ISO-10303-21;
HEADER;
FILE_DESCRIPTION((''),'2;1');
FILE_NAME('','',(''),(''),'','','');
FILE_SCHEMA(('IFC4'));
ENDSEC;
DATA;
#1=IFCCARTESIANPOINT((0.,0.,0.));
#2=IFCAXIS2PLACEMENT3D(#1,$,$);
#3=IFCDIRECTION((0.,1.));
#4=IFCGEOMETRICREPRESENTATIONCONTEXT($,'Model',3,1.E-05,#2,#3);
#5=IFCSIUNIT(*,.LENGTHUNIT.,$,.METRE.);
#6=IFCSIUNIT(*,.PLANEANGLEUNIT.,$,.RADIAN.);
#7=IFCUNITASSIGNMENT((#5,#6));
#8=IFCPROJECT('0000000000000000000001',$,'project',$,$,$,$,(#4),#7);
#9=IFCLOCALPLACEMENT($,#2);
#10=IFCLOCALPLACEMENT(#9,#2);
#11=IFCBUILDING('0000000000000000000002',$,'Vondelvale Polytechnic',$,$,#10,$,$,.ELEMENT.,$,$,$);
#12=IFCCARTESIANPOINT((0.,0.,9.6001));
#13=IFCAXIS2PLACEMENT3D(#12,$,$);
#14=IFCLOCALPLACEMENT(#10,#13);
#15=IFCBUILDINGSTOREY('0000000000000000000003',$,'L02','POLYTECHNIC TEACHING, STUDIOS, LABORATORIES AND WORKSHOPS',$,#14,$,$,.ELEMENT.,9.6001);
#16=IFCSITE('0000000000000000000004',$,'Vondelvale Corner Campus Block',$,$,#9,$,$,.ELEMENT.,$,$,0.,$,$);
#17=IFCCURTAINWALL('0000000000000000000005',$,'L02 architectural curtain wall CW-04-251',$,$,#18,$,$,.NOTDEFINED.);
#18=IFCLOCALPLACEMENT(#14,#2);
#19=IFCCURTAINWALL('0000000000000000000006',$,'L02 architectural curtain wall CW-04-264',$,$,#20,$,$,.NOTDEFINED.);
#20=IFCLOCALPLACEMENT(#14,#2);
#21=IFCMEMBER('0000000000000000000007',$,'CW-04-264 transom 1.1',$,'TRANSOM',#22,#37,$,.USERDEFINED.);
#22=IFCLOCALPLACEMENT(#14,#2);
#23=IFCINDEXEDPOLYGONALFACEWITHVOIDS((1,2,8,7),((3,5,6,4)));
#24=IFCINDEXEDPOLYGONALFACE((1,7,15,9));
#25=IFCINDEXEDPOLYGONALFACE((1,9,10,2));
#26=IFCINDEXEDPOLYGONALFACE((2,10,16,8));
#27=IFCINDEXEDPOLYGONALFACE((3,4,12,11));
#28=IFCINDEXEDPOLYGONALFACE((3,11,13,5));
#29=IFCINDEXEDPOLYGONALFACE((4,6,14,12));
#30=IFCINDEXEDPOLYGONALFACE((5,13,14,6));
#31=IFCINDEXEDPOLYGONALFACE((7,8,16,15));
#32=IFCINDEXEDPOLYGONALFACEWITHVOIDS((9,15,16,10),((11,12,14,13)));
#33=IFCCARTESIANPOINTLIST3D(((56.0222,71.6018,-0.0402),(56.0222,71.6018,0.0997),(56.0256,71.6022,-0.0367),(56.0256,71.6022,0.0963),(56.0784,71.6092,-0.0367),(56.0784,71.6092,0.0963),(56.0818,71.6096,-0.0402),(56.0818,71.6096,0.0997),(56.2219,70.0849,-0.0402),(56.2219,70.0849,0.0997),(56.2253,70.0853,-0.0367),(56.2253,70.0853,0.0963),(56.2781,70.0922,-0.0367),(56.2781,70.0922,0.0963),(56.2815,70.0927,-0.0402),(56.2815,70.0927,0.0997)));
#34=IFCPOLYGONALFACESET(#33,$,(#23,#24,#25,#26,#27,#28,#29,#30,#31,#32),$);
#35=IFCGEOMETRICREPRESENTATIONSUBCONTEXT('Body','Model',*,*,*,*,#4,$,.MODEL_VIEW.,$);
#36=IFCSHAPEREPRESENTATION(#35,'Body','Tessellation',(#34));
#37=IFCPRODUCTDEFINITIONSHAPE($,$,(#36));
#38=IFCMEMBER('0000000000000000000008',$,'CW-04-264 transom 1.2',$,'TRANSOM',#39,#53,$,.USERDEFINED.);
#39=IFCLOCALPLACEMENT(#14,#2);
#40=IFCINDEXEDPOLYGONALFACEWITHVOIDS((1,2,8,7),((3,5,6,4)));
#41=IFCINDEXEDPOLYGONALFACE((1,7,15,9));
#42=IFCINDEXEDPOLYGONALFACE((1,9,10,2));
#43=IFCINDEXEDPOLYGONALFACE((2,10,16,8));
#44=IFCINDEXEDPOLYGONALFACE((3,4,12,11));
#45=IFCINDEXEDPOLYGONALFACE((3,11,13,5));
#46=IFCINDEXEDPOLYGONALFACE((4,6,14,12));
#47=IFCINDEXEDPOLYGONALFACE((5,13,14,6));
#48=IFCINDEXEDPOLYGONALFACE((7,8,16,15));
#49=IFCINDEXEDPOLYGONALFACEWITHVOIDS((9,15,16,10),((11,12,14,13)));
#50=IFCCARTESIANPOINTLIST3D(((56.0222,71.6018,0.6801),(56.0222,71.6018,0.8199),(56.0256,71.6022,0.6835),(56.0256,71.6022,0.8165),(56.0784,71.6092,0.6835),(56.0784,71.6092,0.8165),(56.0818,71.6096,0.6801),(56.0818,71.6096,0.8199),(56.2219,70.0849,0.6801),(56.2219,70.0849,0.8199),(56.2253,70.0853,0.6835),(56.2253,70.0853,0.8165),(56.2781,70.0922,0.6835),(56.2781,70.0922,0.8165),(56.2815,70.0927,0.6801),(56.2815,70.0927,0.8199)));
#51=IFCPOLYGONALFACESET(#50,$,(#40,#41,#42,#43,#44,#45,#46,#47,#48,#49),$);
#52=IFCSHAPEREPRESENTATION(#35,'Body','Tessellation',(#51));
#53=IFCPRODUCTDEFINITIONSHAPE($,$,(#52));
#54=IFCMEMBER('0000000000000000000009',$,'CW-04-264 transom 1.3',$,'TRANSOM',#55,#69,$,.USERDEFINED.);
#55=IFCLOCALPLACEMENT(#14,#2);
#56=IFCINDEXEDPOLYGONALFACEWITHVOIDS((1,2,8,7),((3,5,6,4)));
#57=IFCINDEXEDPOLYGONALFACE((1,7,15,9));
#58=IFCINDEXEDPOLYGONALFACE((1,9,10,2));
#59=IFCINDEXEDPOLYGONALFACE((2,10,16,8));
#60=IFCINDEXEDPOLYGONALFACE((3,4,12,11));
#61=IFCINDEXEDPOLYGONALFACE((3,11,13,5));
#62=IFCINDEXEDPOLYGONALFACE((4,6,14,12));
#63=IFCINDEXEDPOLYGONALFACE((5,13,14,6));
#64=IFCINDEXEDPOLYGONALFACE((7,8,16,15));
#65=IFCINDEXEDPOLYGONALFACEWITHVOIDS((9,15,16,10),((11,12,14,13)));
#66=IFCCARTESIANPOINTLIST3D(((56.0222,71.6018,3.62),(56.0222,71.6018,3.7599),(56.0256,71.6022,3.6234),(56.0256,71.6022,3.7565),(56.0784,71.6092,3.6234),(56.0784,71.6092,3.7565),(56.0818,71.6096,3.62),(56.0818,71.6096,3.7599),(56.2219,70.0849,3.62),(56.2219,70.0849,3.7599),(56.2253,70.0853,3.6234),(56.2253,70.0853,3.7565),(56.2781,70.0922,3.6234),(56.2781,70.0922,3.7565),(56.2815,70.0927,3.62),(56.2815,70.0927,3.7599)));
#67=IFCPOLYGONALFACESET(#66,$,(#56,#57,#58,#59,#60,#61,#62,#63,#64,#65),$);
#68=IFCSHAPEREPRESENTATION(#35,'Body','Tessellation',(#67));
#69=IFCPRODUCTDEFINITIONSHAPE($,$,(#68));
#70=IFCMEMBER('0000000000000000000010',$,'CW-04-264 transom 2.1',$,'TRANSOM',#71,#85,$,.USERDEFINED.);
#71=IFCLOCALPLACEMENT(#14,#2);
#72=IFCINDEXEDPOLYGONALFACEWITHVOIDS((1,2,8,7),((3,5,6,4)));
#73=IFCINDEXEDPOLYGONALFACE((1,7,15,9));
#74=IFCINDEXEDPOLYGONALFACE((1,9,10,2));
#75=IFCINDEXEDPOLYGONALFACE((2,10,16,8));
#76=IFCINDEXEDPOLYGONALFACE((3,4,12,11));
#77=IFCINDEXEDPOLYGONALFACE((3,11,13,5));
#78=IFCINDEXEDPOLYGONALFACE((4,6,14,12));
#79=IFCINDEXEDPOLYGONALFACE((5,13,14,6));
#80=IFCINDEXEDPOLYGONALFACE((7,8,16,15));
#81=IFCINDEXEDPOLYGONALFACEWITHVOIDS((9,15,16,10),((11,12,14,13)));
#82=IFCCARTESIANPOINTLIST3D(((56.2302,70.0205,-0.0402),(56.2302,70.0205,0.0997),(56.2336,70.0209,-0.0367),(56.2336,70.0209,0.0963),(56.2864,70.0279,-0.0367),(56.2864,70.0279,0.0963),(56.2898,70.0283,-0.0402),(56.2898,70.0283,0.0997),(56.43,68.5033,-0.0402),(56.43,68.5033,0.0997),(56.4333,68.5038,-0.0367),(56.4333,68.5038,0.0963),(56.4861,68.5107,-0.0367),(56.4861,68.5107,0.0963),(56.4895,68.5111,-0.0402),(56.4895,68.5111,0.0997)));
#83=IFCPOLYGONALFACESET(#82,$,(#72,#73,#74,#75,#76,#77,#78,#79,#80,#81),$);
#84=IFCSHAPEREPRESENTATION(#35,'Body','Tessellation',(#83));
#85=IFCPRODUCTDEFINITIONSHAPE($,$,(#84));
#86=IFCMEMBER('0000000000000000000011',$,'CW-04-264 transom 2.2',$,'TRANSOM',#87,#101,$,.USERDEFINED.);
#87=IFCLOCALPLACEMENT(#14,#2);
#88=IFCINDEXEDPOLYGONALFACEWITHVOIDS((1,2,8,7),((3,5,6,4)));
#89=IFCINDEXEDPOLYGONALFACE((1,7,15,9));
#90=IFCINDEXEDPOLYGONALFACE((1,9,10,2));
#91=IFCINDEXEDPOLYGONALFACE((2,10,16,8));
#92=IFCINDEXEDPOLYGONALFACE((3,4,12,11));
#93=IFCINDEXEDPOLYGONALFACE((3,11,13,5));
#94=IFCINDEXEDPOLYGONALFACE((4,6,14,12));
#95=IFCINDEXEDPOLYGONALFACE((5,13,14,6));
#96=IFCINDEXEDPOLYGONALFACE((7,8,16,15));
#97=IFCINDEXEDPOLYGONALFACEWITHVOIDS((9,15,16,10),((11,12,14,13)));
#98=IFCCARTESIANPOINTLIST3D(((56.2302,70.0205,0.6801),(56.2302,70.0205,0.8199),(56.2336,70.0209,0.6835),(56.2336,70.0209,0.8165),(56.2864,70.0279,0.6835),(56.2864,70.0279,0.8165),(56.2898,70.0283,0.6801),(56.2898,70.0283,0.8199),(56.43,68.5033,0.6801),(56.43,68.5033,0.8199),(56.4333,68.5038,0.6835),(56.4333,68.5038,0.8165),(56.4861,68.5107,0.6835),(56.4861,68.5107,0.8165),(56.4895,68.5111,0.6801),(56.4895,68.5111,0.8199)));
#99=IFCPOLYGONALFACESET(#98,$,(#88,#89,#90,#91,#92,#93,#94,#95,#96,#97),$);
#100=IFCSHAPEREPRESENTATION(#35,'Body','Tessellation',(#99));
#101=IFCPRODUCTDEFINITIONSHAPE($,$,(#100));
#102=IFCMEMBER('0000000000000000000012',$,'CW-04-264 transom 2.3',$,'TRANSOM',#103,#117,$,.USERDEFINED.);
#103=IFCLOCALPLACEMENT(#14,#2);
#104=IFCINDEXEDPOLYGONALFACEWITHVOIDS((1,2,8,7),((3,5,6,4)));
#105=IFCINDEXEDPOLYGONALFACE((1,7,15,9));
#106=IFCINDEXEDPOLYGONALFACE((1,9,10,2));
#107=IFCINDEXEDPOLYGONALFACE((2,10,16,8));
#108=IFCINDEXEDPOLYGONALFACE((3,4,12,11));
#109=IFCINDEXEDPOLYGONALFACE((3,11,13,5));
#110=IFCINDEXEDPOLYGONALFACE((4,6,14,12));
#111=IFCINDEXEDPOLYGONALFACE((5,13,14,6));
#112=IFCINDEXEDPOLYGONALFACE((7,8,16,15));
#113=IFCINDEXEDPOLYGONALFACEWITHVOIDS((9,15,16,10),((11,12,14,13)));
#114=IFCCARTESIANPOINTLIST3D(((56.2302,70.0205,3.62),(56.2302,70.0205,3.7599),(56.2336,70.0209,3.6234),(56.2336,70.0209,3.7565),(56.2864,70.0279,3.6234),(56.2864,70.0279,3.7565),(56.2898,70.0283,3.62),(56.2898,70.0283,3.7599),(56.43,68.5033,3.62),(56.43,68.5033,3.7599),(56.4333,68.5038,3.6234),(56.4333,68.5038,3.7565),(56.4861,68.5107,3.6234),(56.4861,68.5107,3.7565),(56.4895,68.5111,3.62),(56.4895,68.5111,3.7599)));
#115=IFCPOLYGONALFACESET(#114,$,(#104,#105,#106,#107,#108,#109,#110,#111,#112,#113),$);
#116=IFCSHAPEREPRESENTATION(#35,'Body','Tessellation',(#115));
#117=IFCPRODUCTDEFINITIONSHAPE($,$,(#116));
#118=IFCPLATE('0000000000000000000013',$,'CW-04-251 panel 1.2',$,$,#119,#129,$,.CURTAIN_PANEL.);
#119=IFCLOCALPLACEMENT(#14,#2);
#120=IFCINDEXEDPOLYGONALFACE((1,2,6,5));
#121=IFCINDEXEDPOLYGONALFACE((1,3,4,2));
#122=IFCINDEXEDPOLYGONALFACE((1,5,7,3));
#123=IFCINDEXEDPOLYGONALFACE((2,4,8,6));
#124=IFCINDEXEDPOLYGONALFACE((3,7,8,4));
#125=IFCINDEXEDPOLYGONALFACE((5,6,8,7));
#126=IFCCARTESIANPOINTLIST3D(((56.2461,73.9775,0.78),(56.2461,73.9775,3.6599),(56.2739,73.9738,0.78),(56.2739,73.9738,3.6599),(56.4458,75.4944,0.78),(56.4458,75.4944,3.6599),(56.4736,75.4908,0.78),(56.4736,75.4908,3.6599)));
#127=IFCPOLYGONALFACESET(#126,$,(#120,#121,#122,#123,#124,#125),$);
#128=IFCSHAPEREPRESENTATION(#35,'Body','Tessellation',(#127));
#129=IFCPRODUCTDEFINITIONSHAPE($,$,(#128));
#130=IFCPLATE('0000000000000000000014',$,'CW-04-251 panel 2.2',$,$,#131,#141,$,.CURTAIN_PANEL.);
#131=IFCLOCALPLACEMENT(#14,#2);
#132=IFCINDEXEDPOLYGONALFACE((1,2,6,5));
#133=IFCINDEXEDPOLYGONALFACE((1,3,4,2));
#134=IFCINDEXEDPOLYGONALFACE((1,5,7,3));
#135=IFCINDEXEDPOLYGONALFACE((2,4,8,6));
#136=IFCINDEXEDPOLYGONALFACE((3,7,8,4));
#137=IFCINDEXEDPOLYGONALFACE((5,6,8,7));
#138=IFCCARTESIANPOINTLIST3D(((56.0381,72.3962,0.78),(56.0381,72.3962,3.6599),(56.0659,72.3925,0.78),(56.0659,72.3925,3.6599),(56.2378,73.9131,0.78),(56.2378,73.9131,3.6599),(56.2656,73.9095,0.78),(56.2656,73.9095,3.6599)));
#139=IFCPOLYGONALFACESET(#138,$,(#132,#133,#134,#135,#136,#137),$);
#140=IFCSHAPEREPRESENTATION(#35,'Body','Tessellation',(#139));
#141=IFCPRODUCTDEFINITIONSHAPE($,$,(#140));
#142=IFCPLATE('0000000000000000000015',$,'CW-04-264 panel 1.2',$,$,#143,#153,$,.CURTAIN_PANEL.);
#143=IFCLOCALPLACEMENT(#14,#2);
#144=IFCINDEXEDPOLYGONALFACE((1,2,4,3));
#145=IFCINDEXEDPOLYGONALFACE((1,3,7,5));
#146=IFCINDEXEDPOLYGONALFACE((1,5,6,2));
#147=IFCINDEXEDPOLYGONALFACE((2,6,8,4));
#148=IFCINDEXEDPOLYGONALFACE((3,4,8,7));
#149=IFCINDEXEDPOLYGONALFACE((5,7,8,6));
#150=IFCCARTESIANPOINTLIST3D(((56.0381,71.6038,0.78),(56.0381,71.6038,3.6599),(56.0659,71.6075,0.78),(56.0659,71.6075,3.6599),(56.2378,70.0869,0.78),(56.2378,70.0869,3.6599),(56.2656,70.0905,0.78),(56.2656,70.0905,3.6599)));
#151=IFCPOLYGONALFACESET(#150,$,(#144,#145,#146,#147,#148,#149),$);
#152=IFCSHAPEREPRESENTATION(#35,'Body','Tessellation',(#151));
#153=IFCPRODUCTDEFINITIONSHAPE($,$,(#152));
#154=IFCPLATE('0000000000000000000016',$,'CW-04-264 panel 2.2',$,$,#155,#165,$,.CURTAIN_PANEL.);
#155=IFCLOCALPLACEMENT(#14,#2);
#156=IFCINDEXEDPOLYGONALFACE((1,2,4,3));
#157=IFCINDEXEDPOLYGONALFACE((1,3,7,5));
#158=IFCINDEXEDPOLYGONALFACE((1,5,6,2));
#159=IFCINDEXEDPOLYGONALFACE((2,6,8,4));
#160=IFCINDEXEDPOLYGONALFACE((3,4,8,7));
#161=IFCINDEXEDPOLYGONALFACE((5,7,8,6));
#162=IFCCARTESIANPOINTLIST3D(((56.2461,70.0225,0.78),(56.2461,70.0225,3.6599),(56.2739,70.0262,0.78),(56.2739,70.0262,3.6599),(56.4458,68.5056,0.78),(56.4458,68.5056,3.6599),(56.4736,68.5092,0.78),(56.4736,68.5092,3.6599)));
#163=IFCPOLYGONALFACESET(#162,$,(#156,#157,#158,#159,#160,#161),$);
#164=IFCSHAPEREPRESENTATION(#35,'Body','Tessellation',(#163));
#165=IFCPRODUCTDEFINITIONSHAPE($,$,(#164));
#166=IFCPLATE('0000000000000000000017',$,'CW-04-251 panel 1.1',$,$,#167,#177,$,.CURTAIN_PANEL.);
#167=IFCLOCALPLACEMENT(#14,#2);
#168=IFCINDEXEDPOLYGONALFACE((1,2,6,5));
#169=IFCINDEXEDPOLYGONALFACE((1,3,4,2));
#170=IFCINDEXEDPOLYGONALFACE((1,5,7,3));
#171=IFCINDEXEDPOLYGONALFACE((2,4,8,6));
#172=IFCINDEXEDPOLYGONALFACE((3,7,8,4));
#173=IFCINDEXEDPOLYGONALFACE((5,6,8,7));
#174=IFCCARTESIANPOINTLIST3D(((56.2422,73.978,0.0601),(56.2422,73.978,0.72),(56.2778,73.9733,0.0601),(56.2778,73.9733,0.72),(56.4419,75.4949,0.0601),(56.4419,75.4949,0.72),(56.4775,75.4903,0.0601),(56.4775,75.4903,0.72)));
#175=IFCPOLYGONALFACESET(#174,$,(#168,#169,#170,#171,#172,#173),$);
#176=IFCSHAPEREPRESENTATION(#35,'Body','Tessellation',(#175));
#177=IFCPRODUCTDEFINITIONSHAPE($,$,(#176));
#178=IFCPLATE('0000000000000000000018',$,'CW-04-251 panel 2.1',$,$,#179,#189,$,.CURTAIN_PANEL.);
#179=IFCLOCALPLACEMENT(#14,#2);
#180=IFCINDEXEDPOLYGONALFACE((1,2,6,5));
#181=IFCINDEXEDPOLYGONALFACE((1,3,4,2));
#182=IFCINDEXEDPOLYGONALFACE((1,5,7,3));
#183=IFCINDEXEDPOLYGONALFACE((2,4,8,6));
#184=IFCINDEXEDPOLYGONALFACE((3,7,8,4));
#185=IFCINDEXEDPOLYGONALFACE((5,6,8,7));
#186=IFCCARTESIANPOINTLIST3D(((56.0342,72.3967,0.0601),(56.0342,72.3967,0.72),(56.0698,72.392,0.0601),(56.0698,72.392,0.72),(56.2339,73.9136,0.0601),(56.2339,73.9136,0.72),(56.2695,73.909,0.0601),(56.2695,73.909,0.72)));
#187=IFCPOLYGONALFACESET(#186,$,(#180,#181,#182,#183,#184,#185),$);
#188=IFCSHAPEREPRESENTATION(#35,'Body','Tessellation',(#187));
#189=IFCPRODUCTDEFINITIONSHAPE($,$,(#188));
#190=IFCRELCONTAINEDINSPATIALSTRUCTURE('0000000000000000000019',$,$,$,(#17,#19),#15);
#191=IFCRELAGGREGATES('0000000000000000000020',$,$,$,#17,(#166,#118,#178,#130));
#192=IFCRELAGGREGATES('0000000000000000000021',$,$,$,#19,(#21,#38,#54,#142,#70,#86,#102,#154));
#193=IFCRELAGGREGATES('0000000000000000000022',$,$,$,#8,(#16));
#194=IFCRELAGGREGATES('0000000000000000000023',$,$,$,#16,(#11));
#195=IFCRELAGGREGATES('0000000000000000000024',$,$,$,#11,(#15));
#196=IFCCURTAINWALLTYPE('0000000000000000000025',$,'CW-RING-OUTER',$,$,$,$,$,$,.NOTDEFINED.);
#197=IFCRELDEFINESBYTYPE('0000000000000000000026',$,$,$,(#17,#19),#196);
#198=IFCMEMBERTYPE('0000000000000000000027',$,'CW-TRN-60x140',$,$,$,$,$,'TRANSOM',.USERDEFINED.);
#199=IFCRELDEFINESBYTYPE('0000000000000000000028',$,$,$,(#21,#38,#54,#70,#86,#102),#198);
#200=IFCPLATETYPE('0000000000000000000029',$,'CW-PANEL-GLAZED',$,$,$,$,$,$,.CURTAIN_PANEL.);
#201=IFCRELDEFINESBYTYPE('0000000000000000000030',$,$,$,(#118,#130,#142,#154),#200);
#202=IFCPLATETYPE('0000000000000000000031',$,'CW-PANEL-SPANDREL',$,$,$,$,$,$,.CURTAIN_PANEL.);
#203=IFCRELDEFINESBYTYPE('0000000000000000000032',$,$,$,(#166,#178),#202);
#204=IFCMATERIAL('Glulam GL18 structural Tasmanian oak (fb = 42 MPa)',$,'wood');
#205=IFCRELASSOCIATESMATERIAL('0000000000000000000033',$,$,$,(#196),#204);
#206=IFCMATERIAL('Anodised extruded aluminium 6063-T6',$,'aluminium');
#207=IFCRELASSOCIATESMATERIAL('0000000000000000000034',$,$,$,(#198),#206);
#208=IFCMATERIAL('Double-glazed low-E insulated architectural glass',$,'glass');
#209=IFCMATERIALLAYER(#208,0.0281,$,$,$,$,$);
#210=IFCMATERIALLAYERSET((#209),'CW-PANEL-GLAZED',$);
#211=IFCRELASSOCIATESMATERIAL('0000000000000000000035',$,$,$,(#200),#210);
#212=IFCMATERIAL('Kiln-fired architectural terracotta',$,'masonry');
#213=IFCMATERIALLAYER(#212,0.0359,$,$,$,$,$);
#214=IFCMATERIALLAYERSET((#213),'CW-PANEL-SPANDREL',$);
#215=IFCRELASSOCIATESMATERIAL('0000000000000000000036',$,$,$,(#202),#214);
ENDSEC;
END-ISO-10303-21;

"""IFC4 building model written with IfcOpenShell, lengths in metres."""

from ifc_helpers import new_model, si_unit, direction, frame, origin, origin_2d, place, context, subcontext, project, spatial, rectangle, hollow_rectangle, extrude, material, layer, layer_set, material_profile, profile_set, type_object, element, aggregate, save


model = new_model("IFC4")

# Units and contexts
model_context = context("Model", 3, precision=1e-05, world=origin(), true_north=direction((0.0, 1.0)))
body_context = subcontext(model_context, "Body", "Model", "MODEL_VIEW")
ifc_project = project(units=[si_unit("LENGTHUNIT", "METRE"), si_unit("PLANEANGLEUNIT", "RADIAN")], contexts=[model_context])

# Site, building, storey
site_placement = place(None, origin())
site = spatial("IfcSite", under=ifc_project, at=site_placement, Name="Vondelvale Corner Campus Block", CompositionType="ELEMENT", RefElevation=0.0)
building_placement = place(site_placement, origin())
building = spatial("IfcBuilding", under=site, at=building_placement, Name="Vondelvale Polytechnic", CompositionType="ELEMENT")
storey_placement = place(building_placement, frame((0.0, 0.0, 9.6001)))
storey = spatial("IfcBuildingStorey", under=building, at=storey_placement, Name="L02", Description="POLYTECHNIC TEACHING, STUDIOS, LABORATORIES AND WORKSHOPS", CompositionType="ELEMENT", Elevation=9.6001)

# Curtain walls
ifc_material_1 = material(Name="Glulam GL18 structural Tasmanian oak (fb = 42 MPa)", Category="wood")
curtain_wall_type = type_object("IfcCurtainWallType", Name="CW-RING-OUTER", PredefinedType="NOTDEFINED", material=ifc_material_1)
curtain_wall_1_placement = place(storey_placement, origin())
curtain_wall_1 = element("IfcCurtainWall", 1, at=curtain_wall_1_placement, inside=storey, type_object=curtain_wall_type, Name="L02 architectural curtain wall CW-04-251", PredefinedType="NOTDEFINED")
ifc_material_2 = material(Name="Anodised extruded aluminium 6063-T6", Category="aluminium")
curtain_wall_2_placement = place(storey_placement, origin())
curtain_wall_2 = element("IfcCurtainWall", 2, at=curtain_wall_2_placement, inside=storey, type_object=curtain_wall_type, Name="L02 architectural curtain wall CW-04-264", PredefinedType="NOTDEFINED")

# Members
ifc_material_profile_1 = material_profile(ifc_material_2, hollow_rectangle(XDim=0.0601, YDim=0.1399, WallThickness=0.0034, at=origin_2d()), Name="CW-TRN-140x60")
ifc_profile_set_1 = profile_set([ifc_material_profile_1], Name="Anodised extruded aluminium 6063-T6")
member_type_1 = type_object("IfcMemberType", Name="CW-TRN-60x140", ElementType="TRANSOM", PredefinedType="USERDEFINED", material=ifc_profile_set_1)
member_1_placement = place(storey_placement, frame((56.052, 71.6057, 0.0298), z_axis=(0.130533, -0.991444, 0.0), x_axis=(0.991444, 0.130533, 0.0)))
member_1 = element("IfcMember", 3, at=member_1_placement, type_object=member_type_1, Name="CW-04-264 transom 1.1", ObjectType="TRANSOM", PredefinedType="USERDEFINED", context=body_context, shape_type="SweptSolid", body=[
    extrude(hollow_rectangle(XDim=0.0601, YDim=0.1399, WallThickness=0.0034, at=origin_2d()), origin(), (0.0, 0.0, 1.0), 1.53),
])
member_2_placement = place(storey_placement, frame((56.052, 71.6057, 0.75), z_axis=(0.130533, -0.991444, 0.0), x_axis=(0.991444, 0.130533, 0.0)))
member_2 = element("IfcMember", 4, at=member_2_placement, type_object=member_type_1, Name="CW-04-264 transom 1.2", ObjectType="TRANSOM", PredefinedType="USERDEFINED", context=body_context, shape_type="SweptSolid", body=[
    extrude(hollow_rectangle(XDim=0.0601, YDim=0.1399, WallThickness=0.0034, at=origin_2d()), origin(), (0.0, 0.0, 1.0), 1.53),
])
member_3_placement = place(storey_placement, frame((56.052, 71.6057, 3.6899), z_axis=(0.130533, -0.991444, 0.0), x_axis=(0.991444, 0.130533, 0.0)))
member_3 = element("IfcMember", 5, at=member_3_placement, type_object=member_type_1, Name="CW-04-264 transom 1.3", ObjectType="TRANSOM", PredefinedType="USERDEFINED", context=body_context, shape_type="SweptSolid", body=[
    extrude(hollow_rectangle(XDim=0.0601, YDim=0.1399, WallThickness=0.0034, at=origin_2d()), origin(), (0.0, 0.0, 1.0), 1.53),
])
member_4_placement = place(storey_placement, frame((56.26, 70.0244, 0.0298), z_axis=(0.130512, -0.991447, 0.0), x_axis=(0.991447, 0.130512, 0.0)))
member_4 = element("IfcMember", 6, at=member_4_placement, type_object=member_type_1, Name="CW-04-264 transom 2.1", ObjectType="TRANSOM", PredefinedType="USERDEFINED", context=body_context, shape_type="SweptSolid", body=[
    extrude(hollow_rectangle(XDim=0.0601, YDim=0.1399, WallThickness=0.0034, at=origin_2d()), origin(), (0.0, 0.0, 1.0), 1.5303),
])
member_5_placement = place(storey_placement, frame((56.26, 70.0244, 0.75), z_axis=(0.130512, -0.991447, 0.0), x_axis=(0.991447, 0.130512, 0.0)))
member_5 = element("IfcMember", 7, at=member_5_placement, type_object=member_type_1, Name="CW-04-264 transom 2.2", ObjectType="TRANSOM", PredefinedType="USERDEFINED", context=body_context, shape_type="SweptSolid", body=[
    extrude(hollow_rectangle(XDim=0.0601, YDim=0.1399, WallThickness=0.0034, at=origin_2d()), origin(), (0.0, 0.0, 1.0), 1.5303),
])
member_6_placement = place(storey_placement, frame((56.26, 70.0244, 3.6899), z_axis=(0.130512, -0.991447, 0.0), x_axis=(0.991447, 0.130512, 0.0)))
member_6 = element("IfcMember", 8, at=member_6_placement, type_object=member_type_1, Name="CW-04-264 transom 2.3", ObjectType="TRANSOM", PredefinedType="USERDEFINED", context=body_context, shape_type="SweptSolid", body=[
    extrude(hollow_rectangle(XDim=0.0601, YDim=0.1399, WallThickness=0.0034, at=origin_2d()), origin(), (0.0, 0.0, 1.0), 1.5303),
])

# Plates
ifc_material_3 = material(Name="Double-glazed low-E insulated architectural glass", Category="glass")
ifc_layer_1 = layer(ifc_material_3, 0.0281)
ifc_layer_set_1 = layer_set([ifc_layer_1], Name="CW-PANEL-GLAZED")
plate_type_1 = type_object("IfcPlateType", Name="CW-PANEL-GLAZED", PredefinedType="CURTAIN_PANEL", material=ifc_layer_set_1)
plate_1_placement = place(storey_placement, frame((56.3599, 74.7341, 0.78), z_axis=(0.0, 0.0, 1.0), x_axis=(-0.13054, -0.991443, 0.0)))
plate_1 = element("IfcPlate", 9, at=plate_1_placement, type_object=plate_type_1, Name="CW-04-251 panel 1.2", PredefinedType="CURTAIN_PANEL", context=body_context, shape_type="SweptSolid", body=[
    extrude(rectangle(XDim=1.53, YDim=0.0281, at=origin_2d()), origin(), (0.0, 0.0, 1.0), 2.8799),
])
plate_2_placement = place(storey_placement, frame((56.1519, 73.1528, 0.78), z_axis=(0.0, 0.0, 1.0), x_axis=(-0.13054, -0.991443, 0.0)))
plate_2 = element("IfcPlate", 10, at=plate_2_placement, type_object=plate_type_1, Name="CW-04-251 panel 2.2", PredefinedType="CURTAIN_PANEL", context=body_context, shape_type="SweptSolid", body=[
    extrude(rectangle(XDim=1.53, YDim=0.0281, at=origin_2d()), origin(), (0.0, 0.0, 1.0), 2.8799),
])
plate_3_placement = place(storey_placement, frame((56.1519, 70.8472, 0.78), z_axis=(0.0, 0.0, 1.0), x_axis=(0.13054, -0.991443, 0.0)))
plate_3 = element("IfcPlate", 11, at=plate_3_placement, type_object=plate_type_1, Name="CW-04-264 panel 1.2", PredefinedType="CURTAIN_PANEL", context=body_context, shape_type="SweptSolid", body=[
    extrude(rectangle(XDim=1.53, YDim=0.0281, at=origin_2d()), origin(), (0.0, 0.0, 1.0), 2.8799),
])
plate_4_placement = place(storey_placement, frame((56.3599, 69.2659, 0.78), z_axis=(0.0, 0.0, 1.0), x_axis=(0.13054, -0.991443, 0.0)))
plate_4 = element("IfcPlate", 12, at=plate_4_placement, type_object=plate_type_1, Name="CW-04-264 panel 2.2", PredefinedType="CURTAIN_PANEL", context=body_context, shape_type="SweptSolid", body=[
    extrude(rectangle(XDim=1.53, YDim=0.0281, at=origin_2d()), origin(), (0.0, 0.0, 1.0), 2.8799),
])
ifc_material_4 = material(Name="Kiln-fired architectural terracotta", Category="masonry")
ifc_layer_2 = layer(ifc_material_4, 0.0359)
ifc_layer_set_2 = layer_set([ifc_layer_2], Name="CW-PANEL-SPANDREL")
plate_type_2 = type_object("IfcPlateType", Name="CW-PANEL-SPANDREL", PredefinedType="CURTAIN_PANEL", material=ifc_layer_set_2)
plate_5_placement = place(storey_placement, frame((56.3599, 74.7341, 0.0601), z_axis=(0.0, 0.0, 1.0), x_axis=(-0.13054, -0.991443, 0.0)))
plate_5 = element("IfcPlate", 13, at=plate_5_placement, type_object=plate_type_2, Name="CW-04-251 panel 1.1", PredefinedType="CURTAIN_PANEL", context=body_context, shape_type="SweptSolid", body=[
    extrude(rectangle(XDim=1.53, YDim=0.0359, at=origin_2d()), origin(), (0.0, 0.0, 1.0), 0.6599),
])
plate_6_placement = place(storey_placement, frame((56.1519, 73.1528, 0.0601), z_axis=(0.0, 0.0, 1.0), x_axis=(-0.13054, -0.991443, 0.0)))
plate_6 = element("IfcPlate", 14, at=plate_6_placement, type_object=plate_type_2, Name="CW-04-251 panel 2.1", PredefinedType="CURTAIN_PANEL", context=body_context, shape_type="SweptSolid", body=[
    extrude(rectangle(XDim=1.53, YDim=0.0359, at=origin_2d()), origin(), (0.0, 0.0, 1.0), 0.6599),
])
aggregate(curtain_wall_1, [plate_5, plate_1, plate_6, plate_2])
aggregate(curtain_wall_2, [member_1, member_2, member_3, plate_3, member_4, member_5, member_6, plate_4])

save(model, "model.ifc")
